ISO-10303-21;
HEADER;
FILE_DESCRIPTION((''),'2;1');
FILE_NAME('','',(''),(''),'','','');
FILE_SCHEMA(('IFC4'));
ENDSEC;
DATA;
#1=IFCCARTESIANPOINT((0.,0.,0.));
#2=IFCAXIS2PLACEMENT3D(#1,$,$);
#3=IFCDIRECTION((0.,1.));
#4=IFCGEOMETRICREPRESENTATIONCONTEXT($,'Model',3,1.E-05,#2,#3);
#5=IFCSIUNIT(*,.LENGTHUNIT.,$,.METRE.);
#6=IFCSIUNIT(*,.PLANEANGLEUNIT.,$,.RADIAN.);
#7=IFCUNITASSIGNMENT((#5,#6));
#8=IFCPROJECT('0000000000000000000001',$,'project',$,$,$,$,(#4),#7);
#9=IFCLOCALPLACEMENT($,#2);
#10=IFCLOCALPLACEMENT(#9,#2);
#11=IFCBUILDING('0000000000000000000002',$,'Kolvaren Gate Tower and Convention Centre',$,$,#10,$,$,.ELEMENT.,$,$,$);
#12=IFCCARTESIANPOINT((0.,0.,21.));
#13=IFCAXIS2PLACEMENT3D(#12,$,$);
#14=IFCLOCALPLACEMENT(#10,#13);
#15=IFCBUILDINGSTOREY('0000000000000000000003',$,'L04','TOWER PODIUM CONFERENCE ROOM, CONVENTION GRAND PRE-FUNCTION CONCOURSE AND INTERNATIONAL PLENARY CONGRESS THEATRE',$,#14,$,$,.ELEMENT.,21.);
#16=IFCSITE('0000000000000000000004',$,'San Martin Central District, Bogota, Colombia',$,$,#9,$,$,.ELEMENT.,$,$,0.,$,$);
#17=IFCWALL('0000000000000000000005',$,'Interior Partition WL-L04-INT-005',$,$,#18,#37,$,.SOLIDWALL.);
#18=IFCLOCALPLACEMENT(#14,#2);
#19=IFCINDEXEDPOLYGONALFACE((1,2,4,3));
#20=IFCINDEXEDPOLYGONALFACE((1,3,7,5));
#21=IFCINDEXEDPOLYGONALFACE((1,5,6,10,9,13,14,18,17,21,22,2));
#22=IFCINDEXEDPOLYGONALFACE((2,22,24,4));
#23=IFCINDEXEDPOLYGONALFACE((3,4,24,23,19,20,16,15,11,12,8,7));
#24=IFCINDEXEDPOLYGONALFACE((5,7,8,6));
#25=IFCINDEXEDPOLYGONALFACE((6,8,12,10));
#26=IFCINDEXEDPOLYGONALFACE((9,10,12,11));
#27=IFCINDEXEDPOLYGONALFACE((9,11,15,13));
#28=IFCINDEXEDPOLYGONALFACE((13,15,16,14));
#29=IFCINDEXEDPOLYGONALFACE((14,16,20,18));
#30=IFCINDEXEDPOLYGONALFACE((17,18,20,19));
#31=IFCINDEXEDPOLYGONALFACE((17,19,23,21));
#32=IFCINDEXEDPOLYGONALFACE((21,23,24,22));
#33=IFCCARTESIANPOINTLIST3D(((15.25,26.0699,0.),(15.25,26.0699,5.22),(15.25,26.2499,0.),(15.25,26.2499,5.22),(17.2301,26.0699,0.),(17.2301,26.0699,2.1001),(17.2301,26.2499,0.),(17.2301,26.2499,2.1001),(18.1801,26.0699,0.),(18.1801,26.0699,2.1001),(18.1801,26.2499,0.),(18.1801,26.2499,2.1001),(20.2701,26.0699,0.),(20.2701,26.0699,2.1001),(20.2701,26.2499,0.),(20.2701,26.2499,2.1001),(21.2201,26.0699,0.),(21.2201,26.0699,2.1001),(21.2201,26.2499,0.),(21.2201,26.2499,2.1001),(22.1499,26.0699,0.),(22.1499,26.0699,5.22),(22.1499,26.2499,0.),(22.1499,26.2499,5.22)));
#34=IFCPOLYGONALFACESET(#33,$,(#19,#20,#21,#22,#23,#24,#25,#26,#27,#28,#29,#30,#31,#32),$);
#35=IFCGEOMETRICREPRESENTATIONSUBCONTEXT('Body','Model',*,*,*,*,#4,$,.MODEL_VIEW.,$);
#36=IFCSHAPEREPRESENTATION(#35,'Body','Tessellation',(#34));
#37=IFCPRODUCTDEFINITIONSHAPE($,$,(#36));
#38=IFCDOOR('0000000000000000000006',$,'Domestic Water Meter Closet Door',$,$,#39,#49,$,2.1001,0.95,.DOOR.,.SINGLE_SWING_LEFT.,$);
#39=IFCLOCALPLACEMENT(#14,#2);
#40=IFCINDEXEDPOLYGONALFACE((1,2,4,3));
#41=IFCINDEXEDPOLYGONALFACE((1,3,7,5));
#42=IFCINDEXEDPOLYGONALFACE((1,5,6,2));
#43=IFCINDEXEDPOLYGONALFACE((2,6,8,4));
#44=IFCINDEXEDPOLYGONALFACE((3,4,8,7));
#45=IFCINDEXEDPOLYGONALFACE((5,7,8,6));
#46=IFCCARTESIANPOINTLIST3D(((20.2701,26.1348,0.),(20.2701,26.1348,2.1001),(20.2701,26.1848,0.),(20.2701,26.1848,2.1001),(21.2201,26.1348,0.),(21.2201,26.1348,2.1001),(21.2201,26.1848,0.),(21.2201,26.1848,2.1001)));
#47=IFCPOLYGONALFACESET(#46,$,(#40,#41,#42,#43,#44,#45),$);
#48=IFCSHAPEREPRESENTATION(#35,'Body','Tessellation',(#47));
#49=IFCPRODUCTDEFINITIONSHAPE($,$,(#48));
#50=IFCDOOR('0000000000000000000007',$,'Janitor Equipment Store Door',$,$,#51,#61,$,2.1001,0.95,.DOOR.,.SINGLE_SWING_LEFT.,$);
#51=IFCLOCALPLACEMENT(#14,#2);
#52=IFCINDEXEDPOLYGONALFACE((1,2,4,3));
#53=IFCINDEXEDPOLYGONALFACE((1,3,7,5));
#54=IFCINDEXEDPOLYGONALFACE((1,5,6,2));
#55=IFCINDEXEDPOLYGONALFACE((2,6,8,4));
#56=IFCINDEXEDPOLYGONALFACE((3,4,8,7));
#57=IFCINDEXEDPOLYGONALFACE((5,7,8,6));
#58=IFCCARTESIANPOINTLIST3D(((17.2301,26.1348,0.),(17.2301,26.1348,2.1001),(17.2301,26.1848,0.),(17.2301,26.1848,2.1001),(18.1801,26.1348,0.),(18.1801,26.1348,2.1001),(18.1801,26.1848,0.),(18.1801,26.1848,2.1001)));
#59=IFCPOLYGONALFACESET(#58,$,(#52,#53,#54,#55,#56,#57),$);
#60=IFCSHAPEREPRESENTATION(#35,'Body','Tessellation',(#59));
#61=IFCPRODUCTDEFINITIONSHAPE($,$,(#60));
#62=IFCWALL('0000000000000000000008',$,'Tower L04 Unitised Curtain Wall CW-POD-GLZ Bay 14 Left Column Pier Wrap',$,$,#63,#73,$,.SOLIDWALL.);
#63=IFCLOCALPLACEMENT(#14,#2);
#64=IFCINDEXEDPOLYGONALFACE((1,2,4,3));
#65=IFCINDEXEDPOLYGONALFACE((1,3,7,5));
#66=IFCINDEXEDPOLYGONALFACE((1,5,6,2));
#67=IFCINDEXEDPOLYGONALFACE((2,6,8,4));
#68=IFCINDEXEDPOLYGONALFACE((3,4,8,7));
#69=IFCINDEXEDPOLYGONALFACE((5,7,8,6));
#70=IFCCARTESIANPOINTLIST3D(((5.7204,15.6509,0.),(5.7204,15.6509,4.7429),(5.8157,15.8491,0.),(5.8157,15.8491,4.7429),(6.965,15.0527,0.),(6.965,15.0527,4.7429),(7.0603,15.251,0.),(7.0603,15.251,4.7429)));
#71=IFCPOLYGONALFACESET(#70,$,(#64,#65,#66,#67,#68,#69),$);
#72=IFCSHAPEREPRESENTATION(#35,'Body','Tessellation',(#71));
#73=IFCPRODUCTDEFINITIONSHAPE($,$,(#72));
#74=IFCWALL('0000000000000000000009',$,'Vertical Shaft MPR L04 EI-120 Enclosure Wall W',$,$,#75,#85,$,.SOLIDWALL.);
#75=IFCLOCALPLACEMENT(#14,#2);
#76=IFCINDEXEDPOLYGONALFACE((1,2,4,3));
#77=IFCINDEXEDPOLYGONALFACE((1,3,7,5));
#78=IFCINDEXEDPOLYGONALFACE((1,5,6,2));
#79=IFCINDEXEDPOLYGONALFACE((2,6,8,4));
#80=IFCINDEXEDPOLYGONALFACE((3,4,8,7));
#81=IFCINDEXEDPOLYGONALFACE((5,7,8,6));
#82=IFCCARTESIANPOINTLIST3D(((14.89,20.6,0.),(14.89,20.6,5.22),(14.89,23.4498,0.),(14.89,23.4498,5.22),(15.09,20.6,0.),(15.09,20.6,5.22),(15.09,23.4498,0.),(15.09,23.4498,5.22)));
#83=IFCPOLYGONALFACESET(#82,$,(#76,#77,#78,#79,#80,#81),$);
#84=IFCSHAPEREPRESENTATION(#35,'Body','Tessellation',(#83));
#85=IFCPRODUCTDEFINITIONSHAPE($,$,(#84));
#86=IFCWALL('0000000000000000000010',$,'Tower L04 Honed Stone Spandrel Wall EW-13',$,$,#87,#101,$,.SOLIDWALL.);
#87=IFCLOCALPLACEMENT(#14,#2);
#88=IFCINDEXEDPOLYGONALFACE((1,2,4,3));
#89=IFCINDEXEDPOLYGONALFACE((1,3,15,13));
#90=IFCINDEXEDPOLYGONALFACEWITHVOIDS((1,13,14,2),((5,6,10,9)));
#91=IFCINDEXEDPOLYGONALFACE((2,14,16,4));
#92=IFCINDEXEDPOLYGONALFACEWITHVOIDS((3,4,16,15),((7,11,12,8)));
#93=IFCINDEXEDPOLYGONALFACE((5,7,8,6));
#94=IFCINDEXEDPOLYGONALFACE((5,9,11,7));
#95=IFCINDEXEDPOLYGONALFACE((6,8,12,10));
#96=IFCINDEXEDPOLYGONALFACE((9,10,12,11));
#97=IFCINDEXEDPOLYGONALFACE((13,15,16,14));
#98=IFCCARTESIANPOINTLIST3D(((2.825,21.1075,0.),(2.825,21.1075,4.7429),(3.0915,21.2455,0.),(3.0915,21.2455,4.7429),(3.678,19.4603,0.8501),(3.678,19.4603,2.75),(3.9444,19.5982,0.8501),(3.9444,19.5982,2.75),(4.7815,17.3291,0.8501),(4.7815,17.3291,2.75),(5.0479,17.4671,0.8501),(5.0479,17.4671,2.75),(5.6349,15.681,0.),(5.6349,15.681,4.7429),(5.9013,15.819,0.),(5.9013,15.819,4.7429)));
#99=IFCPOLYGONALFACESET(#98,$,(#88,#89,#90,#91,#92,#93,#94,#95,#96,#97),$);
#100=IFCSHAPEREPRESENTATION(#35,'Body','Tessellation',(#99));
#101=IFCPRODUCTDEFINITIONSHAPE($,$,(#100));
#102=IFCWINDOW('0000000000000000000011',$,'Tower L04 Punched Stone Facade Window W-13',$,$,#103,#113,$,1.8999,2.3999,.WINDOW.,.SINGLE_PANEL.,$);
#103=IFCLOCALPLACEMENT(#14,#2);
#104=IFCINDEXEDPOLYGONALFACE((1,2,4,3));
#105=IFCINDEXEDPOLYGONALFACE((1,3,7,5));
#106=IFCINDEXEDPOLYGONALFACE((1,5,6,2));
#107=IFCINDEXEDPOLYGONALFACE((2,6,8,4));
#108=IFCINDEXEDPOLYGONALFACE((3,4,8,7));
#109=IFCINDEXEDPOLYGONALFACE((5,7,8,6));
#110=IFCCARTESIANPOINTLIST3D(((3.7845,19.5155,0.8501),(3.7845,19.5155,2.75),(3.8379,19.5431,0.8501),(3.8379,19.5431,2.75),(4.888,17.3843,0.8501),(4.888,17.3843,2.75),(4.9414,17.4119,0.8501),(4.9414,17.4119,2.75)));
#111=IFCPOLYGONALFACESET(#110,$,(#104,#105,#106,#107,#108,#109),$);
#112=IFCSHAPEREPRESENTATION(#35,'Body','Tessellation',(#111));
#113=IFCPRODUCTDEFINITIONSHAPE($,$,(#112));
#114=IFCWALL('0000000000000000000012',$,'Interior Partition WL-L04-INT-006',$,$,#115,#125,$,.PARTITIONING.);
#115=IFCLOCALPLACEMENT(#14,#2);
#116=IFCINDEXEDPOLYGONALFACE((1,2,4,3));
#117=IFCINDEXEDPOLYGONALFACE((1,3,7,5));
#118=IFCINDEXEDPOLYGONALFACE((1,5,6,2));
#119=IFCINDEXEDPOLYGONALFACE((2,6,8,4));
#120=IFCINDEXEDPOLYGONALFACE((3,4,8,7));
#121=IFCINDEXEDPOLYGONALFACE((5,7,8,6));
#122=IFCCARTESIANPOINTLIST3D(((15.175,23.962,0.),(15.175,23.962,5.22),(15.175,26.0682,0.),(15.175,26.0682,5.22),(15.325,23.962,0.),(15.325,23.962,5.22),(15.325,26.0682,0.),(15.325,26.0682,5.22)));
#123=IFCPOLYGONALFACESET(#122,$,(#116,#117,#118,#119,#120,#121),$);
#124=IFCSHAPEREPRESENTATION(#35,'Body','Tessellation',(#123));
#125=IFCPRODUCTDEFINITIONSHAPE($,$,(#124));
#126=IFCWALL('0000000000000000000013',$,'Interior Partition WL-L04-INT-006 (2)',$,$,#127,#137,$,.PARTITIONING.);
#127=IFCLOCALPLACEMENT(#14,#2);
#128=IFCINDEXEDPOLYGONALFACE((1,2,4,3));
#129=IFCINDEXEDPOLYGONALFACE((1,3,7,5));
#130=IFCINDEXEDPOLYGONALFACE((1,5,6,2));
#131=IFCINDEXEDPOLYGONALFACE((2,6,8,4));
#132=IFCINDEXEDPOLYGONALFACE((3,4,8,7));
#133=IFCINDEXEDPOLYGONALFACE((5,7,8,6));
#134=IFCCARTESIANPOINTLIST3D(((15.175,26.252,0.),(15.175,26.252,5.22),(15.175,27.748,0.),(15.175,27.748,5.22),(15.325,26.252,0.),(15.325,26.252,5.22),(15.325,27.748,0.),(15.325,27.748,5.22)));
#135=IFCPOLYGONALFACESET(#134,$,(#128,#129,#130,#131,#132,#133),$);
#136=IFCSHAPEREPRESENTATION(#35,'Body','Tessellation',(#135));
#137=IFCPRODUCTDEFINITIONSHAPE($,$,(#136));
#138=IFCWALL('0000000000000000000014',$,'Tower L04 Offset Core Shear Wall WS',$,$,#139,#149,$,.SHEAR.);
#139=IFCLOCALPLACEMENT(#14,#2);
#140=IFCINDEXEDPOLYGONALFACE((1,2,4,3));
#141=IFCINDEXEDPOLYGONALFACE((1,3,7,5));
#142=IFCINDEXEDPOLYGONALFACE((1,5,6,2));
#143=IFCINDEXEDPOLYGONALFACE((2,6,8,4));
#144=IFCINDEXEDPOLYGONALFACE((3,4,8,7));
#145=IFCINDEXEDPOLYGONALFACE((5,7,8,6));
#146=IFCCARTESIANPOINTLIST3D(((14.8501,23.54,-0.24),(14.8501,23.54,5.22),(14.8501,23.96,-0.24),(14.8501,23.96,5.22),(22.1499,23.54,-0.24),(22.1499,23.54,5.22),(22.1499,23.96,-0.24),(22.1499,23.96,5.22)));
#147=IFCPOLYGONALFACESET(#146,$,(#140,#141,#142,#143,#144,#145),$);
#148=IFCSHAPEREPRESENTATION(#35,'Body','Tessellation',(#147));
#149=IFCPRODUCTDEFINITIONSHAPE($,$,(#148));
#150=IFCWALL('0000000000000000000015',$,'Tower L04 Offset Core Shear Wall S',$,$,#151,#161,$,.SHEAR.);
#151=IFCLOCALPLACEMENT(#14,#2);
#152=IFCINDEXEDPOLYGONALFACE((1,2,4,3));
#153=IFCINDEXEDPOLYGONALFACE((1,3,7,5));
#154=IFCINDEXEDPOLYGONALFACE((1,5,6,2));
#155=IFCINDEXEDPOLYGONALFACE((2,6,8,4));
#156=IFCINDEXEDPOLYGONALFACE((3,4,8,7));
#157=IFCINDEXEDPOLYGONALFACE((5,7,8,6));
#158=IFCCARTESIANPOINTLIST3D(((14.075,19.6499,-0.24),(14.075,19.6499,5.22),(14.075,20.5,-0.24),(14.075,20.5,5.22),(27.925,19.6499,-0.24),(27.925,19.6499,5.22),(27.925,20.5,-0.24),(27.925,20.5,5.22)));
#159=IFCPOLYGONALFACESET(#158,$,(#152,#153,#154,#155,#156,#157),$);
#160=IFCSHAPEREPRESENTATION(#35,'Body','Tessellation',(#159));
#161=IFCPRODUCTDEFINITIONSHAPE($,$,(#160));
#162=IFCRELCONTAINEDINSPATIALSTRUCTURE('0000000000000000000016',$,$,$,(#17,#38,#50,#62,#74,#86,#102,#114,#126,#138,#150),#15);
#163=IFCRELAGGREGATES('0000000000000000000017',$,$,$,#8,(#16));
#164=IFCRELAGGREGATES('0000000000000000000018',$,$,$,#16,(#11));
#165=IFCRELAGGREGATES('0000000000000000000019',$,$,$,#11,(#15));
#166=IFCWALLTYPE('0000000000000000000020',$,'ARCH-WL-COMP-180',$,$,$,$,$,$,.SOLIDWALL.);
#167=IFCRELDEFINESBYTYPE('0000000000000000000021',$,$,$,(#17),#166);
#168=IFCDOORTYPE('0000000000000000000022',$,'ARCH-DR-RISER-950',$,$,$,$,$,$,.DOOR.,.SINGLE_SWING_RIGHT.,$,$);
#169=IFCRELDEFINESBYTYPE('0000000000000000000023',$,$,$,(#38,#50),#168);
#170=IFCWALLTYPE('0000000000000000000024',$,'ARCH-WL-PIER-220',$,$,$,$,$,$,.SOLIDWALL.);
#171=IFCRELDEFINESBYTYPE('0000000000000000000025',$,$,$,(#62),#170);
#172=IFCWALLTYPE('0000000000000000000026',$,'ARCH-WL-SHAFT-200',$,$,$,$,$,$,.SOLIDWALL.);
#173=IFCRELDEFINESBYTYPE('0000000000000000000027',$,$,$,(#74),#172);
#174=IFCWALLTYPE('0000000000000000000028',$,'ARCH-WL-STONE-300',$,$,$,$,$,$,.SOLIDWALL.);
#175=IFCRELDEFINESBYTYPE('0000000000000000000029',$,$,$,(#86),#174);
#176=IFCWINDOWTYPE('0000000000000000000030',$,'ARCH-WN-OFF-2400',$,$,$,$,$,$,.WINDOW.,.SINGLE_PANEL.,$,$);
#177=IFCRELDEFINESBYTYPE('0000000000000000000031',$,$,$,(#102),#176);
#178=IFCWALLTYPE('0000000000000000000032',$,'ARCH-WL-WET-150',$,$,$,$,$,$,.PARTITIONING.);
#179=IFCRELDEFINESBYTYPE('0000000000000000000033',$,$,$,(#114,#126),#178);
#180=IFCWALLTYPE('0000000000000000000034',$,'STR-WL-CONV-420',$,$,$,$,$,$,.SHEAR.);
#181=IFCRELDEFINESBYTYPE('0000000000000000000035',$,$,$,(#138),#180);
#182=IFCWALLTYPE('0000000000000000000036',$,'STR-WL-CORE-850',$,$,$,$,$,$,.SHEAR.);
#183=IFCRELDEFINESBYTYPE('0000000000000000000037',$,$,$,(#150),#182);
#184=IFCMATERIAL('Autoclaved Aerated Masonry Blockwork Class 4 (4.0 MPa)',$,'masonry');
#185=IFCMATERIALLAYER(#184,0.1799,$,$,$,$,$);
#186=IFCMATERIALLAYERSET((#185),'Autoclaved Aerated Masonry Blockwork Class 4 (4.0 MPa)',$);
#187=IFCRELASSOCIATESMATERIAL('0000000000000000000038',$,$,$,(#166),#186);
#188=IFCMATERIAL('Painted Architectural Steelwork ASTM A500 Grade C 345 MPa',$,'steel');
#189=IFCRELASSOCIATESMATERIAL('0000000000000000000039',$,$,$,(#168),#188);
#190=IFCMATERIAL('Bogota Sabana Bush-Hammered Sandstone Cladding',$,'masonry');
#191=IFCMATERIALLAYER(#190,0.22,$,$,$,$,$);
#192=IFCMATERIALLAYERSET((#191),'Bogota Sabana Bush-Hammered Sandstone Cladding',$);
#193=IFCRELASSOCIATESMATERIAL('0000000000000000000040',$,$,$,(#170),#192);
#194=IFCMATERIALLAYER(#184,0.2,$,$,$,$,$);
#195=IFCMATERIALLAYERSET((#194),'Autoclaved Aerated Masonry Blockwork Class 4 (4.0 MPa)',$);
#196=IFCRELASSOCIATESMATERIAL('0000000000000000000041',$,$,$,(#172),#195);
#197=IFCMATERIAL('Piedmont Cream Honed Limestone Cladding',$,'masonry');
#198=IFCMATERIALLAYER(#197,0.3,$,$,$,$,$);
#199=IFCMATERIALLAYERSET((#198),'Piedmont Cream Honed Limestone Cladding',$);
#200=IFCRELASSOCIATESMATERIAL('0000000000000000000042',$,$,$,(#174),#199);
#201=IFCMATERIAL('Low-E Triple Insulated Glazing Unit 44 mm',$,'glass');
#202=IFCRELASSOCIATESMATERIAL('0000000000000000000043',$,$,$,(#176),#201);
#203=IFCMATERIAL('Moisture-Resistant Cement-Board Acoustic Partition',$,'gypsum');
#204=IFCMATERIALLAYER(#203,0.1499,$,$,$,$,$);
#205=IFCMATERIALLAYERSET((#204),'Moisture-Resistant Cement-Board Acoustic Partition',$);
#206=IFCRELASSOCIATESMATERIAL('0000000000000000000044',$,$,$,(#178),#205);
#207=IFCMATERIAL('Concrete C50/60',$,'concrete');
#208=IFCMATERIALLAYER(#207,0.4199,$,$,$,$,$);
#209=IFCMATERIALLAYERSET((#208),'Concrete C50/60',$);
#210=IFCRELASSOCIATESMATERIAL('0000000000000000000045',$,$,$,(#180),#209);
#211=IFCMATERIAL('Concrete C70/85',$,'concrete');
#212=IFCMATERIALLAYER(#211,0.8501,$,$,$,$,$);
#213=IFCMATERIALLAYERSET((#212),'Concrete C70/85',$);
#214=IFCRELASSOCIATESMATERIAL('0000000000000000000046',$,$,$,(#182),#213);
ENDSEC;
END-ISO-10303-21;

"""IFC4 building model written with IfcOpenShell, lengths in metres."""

from ifc_helpers import new_model, si_unit, direction, frame, frame_2d, origin, place, context, subcontext, project, spatial, rectangle, extrude, material, layer, layer_set, type_object, element, fill, save


model = new_model("IFC4")

# Units and contexts
model_context = context("Model", 3, precision=1e-05, world=origin(), true_north=direction((0.0, 1.0)))
body_context = subcontext(model_context, "Body", "Model", "MODEL_VIEW")
ifc_project = project(units=[si_unit("LENGTHUNIT", "METRE"), si_unit("PLANEANGLEUNIT", "RADIAN")], contexts=[model_context])

# Site, building, storey
site_placement = place(None, origin())
site = spatial("IfcSite", under=ifc_project, at=site_placement, Name="San Martin Central District, Bogota, Colombia", CompositionType="ELEMENT", RefElevation=0.0)
building_placement = place(site_placement, origin())
building = spatial("IfcBuilding", under=site, at=building_placement, Name="Kolvaren Gate Tower and Convention Centre", CompositionType="ELEMENT")
storey_placement = place(building_placement, frame((0.0, 0.0, 21.0)))
storey = spatial("IfcBuildingStorey", under=building, at=storey_placement, Name="L04", Description="TOWER PODIUM CONFERENCE ROOM, CONVENTION GRAND PRE-FUNCTION CONCOURSE AND INTERNATIONAL PLENARY CONGRESS THEATRE", CompositionType="ELEMENT", Elevation=21.0)

# Shared definitions
ifc_material_1 = material(Name="Concrete C70/85", Category="concrete")

# Shared definitions
ifc_material_2 = material(Name="Low-E Triple Insulated Glazing Unit 44 mm", Category="glass")

# Wall, openings, doors
ifc_material_3 = material(Name="Autoclaved Aerated Masonry Blockwork Class 4 (4.0 MPa)", Category="masonry")
ifc_layer_1 = layer(ifc_material_3, 0.1799)
ifc_layer_set_1 = layer_set([ifc_layer_1], Name="Autoclaved Aerated Masonry Blockwork Class 4 (4.0 MPa)")
wall_type_1 = type_object("IfcWallType", Name="ARCH-WL-COMP-180", PredefinedType="SOLIDWALL", material=ifc_layer_set_1)
wall_1_placement = place(storey_placement, frame((15.25, 26.1599, 0.0), z_axis=(0.0, 0.0, 1.0), x_axis=(1.0, 0.0, 0.0)))
wall_1 = element("IfcWall", 1, at=wall_1_placement, inside=storey, type_object=wall_type_1, Name="Interior Partition WL-L04-INT-005", PredefinedType="SOLIDWALL", context=body_context, shape_type="SweptSolid", body=[
    extrude(rectangle(XDim=6.8999, YDim=0.1799, at=frame_2d((3.45, 0.0))), origin(), (0.0, 0.0, 1.0), 5.22),
])
opening_1_placement = place(wall_1_placement, frame((5.02, 0.0, 0.0)))
opening_1 = element("IfcOpeningElement", 2, at=opening_1_placement, cuts=wall_1, PredefinedType="OPENING", context=body_context, shape_type="SweptSolid", body=[
    extrude(rectangle(XDim=0.95, YDim=2.1001, at=frame_2d((0.4751, 1.05))), frame((0.0, 0.0999, 0.0), z_axis=(0.0, -1.0, 0.0), x_axis=(1.0, 0.0, 0.0)), (0.0, 0.0, 1.0), 0.2),
])
opening_2_placement = place(wall_1_placement, frame((1.98, 0.0, 0.0)))
opening_2 = element("IfcOpeningElement", 3, at=opening_2_placement, cuts=wall_1, PredefinedType="OPENING", context=body_context, shape_type="SweptSolid", body=[
    extrude(rectangle(XDim=0.95, YDim=2.1001, at=frame_2d((0.4751, 1.05))), frame((0.0, 0.0999, 0.0), z_axis=(0.0, -1.0, 0.0), x_axis=(1.0, 0.0, 0.0)), (0.0, 0.0, 1.0), 0.2),
])
ifc_material_4 = material(Name="Painted Architectural Steelwork ASTM A500 Grade C 345 MPa", Category="steel")
door_type = type_object("IfcDoorType", Name="ARCH-DR-RISER-950", OperationType="SINGLE_SWING_RIGHT", PredefinedType="DOOR", material=ifc_material_4)
door_1_placement = place(opening_1_placement, origin())
door_1 = element("IfcDoor", 4, at=door_1_placement, inside=storey, type_object=door_type, Name="Domestic Water Meter Closet Door", OperationType="SINGLE_SWING_LEFT", OverallHeight=2.1001, OverallWidth=0.95, PredefinedType="DOOR", context=body_context, shape_type="SweptSolid", body=[
    extrude(rectangle(XDim=0.95, YDim=2.1001, at=frame_2d((0.4751, 1.05))), frame((0.0, 0.0249, 0.0), z_axis=(0.0, -1.0, 0.0), x_axis=(1.0, 0.0, 0.0)), (0.0, 0.0, 1.0), 0.05),
])
fill(opening_1, door_1)
door_2_placement = place(opening_2_placement, origin())
door_2 = element("IfcDoor", 5, at=door_2_placement, inside=storey, type_object=door_type, Name="Janitor Equipment Store Door", OperationType="SINGLE_SWING_LEFT", OverallHeight=2.1001, OverallWidth=0.95, PredefinedType="DOOR", context=body_context, shape_type="SweptSolid", body=[
    extrude(rectangle(XDim=0.95, YDim=2.1001, at=frame_2d((0.4751, 1.05))), frame((0.0, 0.0249, 0.0), z_axis=(0.0, -1.0, 0.0), x_axis=(1.0, 0.0, 0.0)), (0.0, 0.0, 1.0), 0.05),
])
fill(opening_2, door_2)

# Walls
ifc_material_5 = material(Name="Bogota Sabana Bush-Hammered Sandstone Cladding", Category="masonry")
ifc_layer_2 = layer(ifc_material_5, 0.22)
ifc_layer_set_2 = layer_set([ifc_layer_2], Name="Bogota Sabana Bush-Hammered Sandstone Cladding")
wall_type_2 = type_object("IfcWallType", Name="ARCH-WL-PIER-220", PredefinedType="SOLIDWALL", material=ifc_layer_set_2)
wall_2_placement = place(storey_placement, frame((5.7681, 15.75, 0.0), z_axis=(0.0, 0.0, 1.0), x_axis=(0.901319, -0.433156, 0.0)))
element("IfcWall", 6, at=wall_2_placement, inside=storey, type_object=wall_type_2, Name="Tower L04 Unitised Curtain Wall CW-POD-GLZ Bay 14 Left Column Pier Wrap", PredefinedType="SOLIDWALL", context=body_context, shape_type="SweptSolid", body=[
    extrude(rectangle(XDim=1.3809, YDim=0.22, at=frame_2d((0.6904, 0.0))), origin(), (0.0, 0.0, 1.0), 4.7429),
])
ifc_layer_3 = layer(ifc_material_3, 0.2)
ifc_layer_set_3 = layer_set([ifc_layer_3], Name="Autoclaved Aerated Masonry Blockwork Class 4 (4.0 MPa)")
wall_type_3 = type_object("IfcWallType", Name="ARCH-WL-SHAFT-200", PredefinedType="SOLIDWALL", material=ifc_layer_set_3)
wall_3_placement = place(storey_placement, frame((14.99, 20.6001, 0.0), z_axis=(0.0, 0.0, 1.0), x_axis=(0.0, 1.0, 0.0)))
element("IfcWall", 7, at=wall_3_placement, inside=storey, type_object=wall_type_3, Name="Vertical Shaft MPR L04 EI-120 Enclosure Wall W", PredefinedType="SOLIDWALL", context=body_context, shape_type="SweptSolid", body=[
    extrude(rectangle(XDim=2.8499, YDim=0.2, at=frame_2d((1.4248, 0.0))), origin(), (0.0, 0.0, 1.0), 5.22),
])

# Wall, opening, window
ifc_material_6 = material(Name="Piedmont Cream Honed Limestone Cladding", Category="masonry")
ifc_layer_4 = layer(ifc_material_6, 0.3)
ifc_layer_set_4 = layer_set([ifc_layer_4], Name="Piedmont Cream Honed Limestone Cladding")
wall_type_4 = type_object("IfcWallType", Name="ARCH-WL-STONE-300", PredefinedType="SOLIDWALL", material=ifc_layer_set_4)
wall_4_placement = place(storey_placement, frame((2.9583, 21.1765, 0.0), z_axis=(0.0, 0.0, 1.0), x_axis=(0.45981, -0.888017, 0.0)))
wall_4 = element("IfcWall", 8, at=wall_4_placement, inside=storey, type_object=wall_type_4, Name="Tower L04 Honed Stone Spandrel Wall EW-13", PredefinedType="SOLIDWALL", context=body_context, shape_type="SweptSolid", body=[
    extrude(rectangle(XDim=6.1108, YDim=0.3, at=frame_2d((3.0554, 0.0))), origin(), (0.0, 0.0, 1.0), 4.7429),
])
opening_3_placement = place(wall_4_placement, frame((1.855, 0.0, 0.8501)))
opening_3 = element("IfcOpeningElement", 9, at=opening_3_placement, cuts=wall_4, PredefinedType="OPENING", context=body_context, shape_type="SweptSolid", body=[
    extrude(rectangle(XDim=2.3999, YDim=1.8999, at=frame_2d((1.2, 0.95))), frame((0.0, 0.1599, 0.0), z_axis=(0.0, -1.0, 0.0), x_axis=(1.0, 0.0, 0.0)), (0.0, 0.0, 1.0), 0.3201),
])
window_type = type_object("IfcWindowType", Name="ARCH-WN-OFF-2400", PartitioningType="SINGLE_PANEL", PredefinedType="WINDOW", material=ifc_material_2)
window_placement = place(opening_3_placement, origin())
window = element("IfcWindow", 10, at=window_placement, inside=storey, type_object=window_type, Name="Tower L04 Punched Stone Facade Window W-13", OverallHeight=1.8999, OverallWidth=2.3999, PartitioningType="SINGLE_PANEL", PredefinedType="WINDOW", context=body_context, shape_type="SweptSolid", body=[
    extrude(rectangle(XDim=2.3999, YDim=1.8999, at=frame_2d((1.2, 0.95))), frame((0.0, 0.03, 0.0), z_axis=(0.0, -1.0, 0.0), x_axis=(1.0, 0.0, 0.0)), (0.0, 0.0, 1.0), 0.0601),
])
fill(opening_3, window)

# Walls
ifc_material_7 = material(Name="Moisture-Resistant Cement-Board Acoustic Partition", Category="gypsum")
ifc_layer_5 = layer(ifc_material_7, 0.1499)
ifc_layer_set_5 = layer_set([ifc_layer_5], Name="Moisture-Resistant Cement-Board Acoustic Partition")
wall_type_5 = type_object("IfcWallType", Name="ARCH-WL-WET-150", PredefinedType="PARTITIONING", material=ifc_layer_set_5)
wall_5_placement = place(storey_placement, frame((15.25, 23.9619, 0.0), z_axis=(0.0, 0.0, 1.0), x_axis=(0.0, 1.0, 0.0)))
element("IfcWall", 11, at=wall_5_placement, inside=storey, type_object=wall_type_5, Name="Interior Partition WL-L04-INT-006", PredefinedType="PARTITIONING", context=body_context, shape_type="SweptSolid", body=[
    extrude(rectangle(XDim=2.1062, YDim=0.1499, at=frame_2d((1.0532, 0.0))), origin(), (0.0, 0.0, 1.0), 5.22),
])
wall_6_placement = place(storey_placement, frame((15.25, 26.252, 0.0), z_axis=(0.0, 0.0, 1.0), x_axis=(0.0, 1.0, 0.0)))
element("IfcWall", 12, at=wall_6_placement, inside=storey, type_object=wall_type_5, Name="Interior Partition WL-L04-INT-006 (2)", PredefinedType="PARTITIONING", context=body_context, shape_type="SweptSolid", body=[
    extrude(rectangle(XDim=1.4961, YDim=0.1499, at=frame_2d((0.748, 0.0))), origin(), (0.0, 0.0, 1.0), 5.22),
])
ifc_material_8 = material(Name="Concrete C50/60", Category="concrete")
ifc_layer_6 = layer(ifc_material_8, 0.4199)
ifc_layer_set_6 = layer_set([ifc_layer_6], Name="Concrete C50/60")
wall_type_6 = type_object("IfcWallType", Name="STR-WL-CONV-420", PredefinedType="SHEAR", material=ifc_layer_set_6)
wall_7_placement = place(storey_placement, frame((14.8501, 23.75, -0.24), z_axis=(0.0, 0.0, 1.0), x_axis=(1.0, 0.0, 0.0)))
element("IfcWall", 13, at=wall_7_placement, inside=storey, type_object=wall_type_6, Name="Tower L04 Offset Core Shear Wall WS", PredefinedType="SHEAR", context=body_context, shape_type="SweptSolid", body=[
    extrude(rectangle(XDim=7.2998, YDim=0.4199, at=frame_2d((3.6499, 0.0))), origin(), (0.0, 0.0, 1.0), 5.46),
])
ifc_layer_7 = layer(ifc_material_1, 0.8501)
ifc_layer_set_7 = layer_set([ifc_layer_7], Name="Concrete C70/85")
wall_type_7 = type_object("IfcWallType", Name="STR-WL-CORE-850", PredefinedType="SHEAR", material=ifc_layer_set_7)
wall_8_placement = place(storey_placement, frame((14.075, 20.075, -0.24), z_axis=(0.0, 0.0, 1.0), x_axis=(1.0, 0.0, 0.0)))
element("IfcWall", 14, at=wall_8_placement, inside=storey, type_object=wall_type_7, Name="Tower L04 Offset Core Shear Wall S", PredefinedType="SHEAR", context=body_context, shape_type="SweptSolid", body=[
    extrude(rectangle(XDim=13.8501, YDim=0.8501, at=frame_2d((6.925, 0.0))), origin(), (0.0, 0.0, 1.0), 5.46),
])

save(model, "model.ifc")
